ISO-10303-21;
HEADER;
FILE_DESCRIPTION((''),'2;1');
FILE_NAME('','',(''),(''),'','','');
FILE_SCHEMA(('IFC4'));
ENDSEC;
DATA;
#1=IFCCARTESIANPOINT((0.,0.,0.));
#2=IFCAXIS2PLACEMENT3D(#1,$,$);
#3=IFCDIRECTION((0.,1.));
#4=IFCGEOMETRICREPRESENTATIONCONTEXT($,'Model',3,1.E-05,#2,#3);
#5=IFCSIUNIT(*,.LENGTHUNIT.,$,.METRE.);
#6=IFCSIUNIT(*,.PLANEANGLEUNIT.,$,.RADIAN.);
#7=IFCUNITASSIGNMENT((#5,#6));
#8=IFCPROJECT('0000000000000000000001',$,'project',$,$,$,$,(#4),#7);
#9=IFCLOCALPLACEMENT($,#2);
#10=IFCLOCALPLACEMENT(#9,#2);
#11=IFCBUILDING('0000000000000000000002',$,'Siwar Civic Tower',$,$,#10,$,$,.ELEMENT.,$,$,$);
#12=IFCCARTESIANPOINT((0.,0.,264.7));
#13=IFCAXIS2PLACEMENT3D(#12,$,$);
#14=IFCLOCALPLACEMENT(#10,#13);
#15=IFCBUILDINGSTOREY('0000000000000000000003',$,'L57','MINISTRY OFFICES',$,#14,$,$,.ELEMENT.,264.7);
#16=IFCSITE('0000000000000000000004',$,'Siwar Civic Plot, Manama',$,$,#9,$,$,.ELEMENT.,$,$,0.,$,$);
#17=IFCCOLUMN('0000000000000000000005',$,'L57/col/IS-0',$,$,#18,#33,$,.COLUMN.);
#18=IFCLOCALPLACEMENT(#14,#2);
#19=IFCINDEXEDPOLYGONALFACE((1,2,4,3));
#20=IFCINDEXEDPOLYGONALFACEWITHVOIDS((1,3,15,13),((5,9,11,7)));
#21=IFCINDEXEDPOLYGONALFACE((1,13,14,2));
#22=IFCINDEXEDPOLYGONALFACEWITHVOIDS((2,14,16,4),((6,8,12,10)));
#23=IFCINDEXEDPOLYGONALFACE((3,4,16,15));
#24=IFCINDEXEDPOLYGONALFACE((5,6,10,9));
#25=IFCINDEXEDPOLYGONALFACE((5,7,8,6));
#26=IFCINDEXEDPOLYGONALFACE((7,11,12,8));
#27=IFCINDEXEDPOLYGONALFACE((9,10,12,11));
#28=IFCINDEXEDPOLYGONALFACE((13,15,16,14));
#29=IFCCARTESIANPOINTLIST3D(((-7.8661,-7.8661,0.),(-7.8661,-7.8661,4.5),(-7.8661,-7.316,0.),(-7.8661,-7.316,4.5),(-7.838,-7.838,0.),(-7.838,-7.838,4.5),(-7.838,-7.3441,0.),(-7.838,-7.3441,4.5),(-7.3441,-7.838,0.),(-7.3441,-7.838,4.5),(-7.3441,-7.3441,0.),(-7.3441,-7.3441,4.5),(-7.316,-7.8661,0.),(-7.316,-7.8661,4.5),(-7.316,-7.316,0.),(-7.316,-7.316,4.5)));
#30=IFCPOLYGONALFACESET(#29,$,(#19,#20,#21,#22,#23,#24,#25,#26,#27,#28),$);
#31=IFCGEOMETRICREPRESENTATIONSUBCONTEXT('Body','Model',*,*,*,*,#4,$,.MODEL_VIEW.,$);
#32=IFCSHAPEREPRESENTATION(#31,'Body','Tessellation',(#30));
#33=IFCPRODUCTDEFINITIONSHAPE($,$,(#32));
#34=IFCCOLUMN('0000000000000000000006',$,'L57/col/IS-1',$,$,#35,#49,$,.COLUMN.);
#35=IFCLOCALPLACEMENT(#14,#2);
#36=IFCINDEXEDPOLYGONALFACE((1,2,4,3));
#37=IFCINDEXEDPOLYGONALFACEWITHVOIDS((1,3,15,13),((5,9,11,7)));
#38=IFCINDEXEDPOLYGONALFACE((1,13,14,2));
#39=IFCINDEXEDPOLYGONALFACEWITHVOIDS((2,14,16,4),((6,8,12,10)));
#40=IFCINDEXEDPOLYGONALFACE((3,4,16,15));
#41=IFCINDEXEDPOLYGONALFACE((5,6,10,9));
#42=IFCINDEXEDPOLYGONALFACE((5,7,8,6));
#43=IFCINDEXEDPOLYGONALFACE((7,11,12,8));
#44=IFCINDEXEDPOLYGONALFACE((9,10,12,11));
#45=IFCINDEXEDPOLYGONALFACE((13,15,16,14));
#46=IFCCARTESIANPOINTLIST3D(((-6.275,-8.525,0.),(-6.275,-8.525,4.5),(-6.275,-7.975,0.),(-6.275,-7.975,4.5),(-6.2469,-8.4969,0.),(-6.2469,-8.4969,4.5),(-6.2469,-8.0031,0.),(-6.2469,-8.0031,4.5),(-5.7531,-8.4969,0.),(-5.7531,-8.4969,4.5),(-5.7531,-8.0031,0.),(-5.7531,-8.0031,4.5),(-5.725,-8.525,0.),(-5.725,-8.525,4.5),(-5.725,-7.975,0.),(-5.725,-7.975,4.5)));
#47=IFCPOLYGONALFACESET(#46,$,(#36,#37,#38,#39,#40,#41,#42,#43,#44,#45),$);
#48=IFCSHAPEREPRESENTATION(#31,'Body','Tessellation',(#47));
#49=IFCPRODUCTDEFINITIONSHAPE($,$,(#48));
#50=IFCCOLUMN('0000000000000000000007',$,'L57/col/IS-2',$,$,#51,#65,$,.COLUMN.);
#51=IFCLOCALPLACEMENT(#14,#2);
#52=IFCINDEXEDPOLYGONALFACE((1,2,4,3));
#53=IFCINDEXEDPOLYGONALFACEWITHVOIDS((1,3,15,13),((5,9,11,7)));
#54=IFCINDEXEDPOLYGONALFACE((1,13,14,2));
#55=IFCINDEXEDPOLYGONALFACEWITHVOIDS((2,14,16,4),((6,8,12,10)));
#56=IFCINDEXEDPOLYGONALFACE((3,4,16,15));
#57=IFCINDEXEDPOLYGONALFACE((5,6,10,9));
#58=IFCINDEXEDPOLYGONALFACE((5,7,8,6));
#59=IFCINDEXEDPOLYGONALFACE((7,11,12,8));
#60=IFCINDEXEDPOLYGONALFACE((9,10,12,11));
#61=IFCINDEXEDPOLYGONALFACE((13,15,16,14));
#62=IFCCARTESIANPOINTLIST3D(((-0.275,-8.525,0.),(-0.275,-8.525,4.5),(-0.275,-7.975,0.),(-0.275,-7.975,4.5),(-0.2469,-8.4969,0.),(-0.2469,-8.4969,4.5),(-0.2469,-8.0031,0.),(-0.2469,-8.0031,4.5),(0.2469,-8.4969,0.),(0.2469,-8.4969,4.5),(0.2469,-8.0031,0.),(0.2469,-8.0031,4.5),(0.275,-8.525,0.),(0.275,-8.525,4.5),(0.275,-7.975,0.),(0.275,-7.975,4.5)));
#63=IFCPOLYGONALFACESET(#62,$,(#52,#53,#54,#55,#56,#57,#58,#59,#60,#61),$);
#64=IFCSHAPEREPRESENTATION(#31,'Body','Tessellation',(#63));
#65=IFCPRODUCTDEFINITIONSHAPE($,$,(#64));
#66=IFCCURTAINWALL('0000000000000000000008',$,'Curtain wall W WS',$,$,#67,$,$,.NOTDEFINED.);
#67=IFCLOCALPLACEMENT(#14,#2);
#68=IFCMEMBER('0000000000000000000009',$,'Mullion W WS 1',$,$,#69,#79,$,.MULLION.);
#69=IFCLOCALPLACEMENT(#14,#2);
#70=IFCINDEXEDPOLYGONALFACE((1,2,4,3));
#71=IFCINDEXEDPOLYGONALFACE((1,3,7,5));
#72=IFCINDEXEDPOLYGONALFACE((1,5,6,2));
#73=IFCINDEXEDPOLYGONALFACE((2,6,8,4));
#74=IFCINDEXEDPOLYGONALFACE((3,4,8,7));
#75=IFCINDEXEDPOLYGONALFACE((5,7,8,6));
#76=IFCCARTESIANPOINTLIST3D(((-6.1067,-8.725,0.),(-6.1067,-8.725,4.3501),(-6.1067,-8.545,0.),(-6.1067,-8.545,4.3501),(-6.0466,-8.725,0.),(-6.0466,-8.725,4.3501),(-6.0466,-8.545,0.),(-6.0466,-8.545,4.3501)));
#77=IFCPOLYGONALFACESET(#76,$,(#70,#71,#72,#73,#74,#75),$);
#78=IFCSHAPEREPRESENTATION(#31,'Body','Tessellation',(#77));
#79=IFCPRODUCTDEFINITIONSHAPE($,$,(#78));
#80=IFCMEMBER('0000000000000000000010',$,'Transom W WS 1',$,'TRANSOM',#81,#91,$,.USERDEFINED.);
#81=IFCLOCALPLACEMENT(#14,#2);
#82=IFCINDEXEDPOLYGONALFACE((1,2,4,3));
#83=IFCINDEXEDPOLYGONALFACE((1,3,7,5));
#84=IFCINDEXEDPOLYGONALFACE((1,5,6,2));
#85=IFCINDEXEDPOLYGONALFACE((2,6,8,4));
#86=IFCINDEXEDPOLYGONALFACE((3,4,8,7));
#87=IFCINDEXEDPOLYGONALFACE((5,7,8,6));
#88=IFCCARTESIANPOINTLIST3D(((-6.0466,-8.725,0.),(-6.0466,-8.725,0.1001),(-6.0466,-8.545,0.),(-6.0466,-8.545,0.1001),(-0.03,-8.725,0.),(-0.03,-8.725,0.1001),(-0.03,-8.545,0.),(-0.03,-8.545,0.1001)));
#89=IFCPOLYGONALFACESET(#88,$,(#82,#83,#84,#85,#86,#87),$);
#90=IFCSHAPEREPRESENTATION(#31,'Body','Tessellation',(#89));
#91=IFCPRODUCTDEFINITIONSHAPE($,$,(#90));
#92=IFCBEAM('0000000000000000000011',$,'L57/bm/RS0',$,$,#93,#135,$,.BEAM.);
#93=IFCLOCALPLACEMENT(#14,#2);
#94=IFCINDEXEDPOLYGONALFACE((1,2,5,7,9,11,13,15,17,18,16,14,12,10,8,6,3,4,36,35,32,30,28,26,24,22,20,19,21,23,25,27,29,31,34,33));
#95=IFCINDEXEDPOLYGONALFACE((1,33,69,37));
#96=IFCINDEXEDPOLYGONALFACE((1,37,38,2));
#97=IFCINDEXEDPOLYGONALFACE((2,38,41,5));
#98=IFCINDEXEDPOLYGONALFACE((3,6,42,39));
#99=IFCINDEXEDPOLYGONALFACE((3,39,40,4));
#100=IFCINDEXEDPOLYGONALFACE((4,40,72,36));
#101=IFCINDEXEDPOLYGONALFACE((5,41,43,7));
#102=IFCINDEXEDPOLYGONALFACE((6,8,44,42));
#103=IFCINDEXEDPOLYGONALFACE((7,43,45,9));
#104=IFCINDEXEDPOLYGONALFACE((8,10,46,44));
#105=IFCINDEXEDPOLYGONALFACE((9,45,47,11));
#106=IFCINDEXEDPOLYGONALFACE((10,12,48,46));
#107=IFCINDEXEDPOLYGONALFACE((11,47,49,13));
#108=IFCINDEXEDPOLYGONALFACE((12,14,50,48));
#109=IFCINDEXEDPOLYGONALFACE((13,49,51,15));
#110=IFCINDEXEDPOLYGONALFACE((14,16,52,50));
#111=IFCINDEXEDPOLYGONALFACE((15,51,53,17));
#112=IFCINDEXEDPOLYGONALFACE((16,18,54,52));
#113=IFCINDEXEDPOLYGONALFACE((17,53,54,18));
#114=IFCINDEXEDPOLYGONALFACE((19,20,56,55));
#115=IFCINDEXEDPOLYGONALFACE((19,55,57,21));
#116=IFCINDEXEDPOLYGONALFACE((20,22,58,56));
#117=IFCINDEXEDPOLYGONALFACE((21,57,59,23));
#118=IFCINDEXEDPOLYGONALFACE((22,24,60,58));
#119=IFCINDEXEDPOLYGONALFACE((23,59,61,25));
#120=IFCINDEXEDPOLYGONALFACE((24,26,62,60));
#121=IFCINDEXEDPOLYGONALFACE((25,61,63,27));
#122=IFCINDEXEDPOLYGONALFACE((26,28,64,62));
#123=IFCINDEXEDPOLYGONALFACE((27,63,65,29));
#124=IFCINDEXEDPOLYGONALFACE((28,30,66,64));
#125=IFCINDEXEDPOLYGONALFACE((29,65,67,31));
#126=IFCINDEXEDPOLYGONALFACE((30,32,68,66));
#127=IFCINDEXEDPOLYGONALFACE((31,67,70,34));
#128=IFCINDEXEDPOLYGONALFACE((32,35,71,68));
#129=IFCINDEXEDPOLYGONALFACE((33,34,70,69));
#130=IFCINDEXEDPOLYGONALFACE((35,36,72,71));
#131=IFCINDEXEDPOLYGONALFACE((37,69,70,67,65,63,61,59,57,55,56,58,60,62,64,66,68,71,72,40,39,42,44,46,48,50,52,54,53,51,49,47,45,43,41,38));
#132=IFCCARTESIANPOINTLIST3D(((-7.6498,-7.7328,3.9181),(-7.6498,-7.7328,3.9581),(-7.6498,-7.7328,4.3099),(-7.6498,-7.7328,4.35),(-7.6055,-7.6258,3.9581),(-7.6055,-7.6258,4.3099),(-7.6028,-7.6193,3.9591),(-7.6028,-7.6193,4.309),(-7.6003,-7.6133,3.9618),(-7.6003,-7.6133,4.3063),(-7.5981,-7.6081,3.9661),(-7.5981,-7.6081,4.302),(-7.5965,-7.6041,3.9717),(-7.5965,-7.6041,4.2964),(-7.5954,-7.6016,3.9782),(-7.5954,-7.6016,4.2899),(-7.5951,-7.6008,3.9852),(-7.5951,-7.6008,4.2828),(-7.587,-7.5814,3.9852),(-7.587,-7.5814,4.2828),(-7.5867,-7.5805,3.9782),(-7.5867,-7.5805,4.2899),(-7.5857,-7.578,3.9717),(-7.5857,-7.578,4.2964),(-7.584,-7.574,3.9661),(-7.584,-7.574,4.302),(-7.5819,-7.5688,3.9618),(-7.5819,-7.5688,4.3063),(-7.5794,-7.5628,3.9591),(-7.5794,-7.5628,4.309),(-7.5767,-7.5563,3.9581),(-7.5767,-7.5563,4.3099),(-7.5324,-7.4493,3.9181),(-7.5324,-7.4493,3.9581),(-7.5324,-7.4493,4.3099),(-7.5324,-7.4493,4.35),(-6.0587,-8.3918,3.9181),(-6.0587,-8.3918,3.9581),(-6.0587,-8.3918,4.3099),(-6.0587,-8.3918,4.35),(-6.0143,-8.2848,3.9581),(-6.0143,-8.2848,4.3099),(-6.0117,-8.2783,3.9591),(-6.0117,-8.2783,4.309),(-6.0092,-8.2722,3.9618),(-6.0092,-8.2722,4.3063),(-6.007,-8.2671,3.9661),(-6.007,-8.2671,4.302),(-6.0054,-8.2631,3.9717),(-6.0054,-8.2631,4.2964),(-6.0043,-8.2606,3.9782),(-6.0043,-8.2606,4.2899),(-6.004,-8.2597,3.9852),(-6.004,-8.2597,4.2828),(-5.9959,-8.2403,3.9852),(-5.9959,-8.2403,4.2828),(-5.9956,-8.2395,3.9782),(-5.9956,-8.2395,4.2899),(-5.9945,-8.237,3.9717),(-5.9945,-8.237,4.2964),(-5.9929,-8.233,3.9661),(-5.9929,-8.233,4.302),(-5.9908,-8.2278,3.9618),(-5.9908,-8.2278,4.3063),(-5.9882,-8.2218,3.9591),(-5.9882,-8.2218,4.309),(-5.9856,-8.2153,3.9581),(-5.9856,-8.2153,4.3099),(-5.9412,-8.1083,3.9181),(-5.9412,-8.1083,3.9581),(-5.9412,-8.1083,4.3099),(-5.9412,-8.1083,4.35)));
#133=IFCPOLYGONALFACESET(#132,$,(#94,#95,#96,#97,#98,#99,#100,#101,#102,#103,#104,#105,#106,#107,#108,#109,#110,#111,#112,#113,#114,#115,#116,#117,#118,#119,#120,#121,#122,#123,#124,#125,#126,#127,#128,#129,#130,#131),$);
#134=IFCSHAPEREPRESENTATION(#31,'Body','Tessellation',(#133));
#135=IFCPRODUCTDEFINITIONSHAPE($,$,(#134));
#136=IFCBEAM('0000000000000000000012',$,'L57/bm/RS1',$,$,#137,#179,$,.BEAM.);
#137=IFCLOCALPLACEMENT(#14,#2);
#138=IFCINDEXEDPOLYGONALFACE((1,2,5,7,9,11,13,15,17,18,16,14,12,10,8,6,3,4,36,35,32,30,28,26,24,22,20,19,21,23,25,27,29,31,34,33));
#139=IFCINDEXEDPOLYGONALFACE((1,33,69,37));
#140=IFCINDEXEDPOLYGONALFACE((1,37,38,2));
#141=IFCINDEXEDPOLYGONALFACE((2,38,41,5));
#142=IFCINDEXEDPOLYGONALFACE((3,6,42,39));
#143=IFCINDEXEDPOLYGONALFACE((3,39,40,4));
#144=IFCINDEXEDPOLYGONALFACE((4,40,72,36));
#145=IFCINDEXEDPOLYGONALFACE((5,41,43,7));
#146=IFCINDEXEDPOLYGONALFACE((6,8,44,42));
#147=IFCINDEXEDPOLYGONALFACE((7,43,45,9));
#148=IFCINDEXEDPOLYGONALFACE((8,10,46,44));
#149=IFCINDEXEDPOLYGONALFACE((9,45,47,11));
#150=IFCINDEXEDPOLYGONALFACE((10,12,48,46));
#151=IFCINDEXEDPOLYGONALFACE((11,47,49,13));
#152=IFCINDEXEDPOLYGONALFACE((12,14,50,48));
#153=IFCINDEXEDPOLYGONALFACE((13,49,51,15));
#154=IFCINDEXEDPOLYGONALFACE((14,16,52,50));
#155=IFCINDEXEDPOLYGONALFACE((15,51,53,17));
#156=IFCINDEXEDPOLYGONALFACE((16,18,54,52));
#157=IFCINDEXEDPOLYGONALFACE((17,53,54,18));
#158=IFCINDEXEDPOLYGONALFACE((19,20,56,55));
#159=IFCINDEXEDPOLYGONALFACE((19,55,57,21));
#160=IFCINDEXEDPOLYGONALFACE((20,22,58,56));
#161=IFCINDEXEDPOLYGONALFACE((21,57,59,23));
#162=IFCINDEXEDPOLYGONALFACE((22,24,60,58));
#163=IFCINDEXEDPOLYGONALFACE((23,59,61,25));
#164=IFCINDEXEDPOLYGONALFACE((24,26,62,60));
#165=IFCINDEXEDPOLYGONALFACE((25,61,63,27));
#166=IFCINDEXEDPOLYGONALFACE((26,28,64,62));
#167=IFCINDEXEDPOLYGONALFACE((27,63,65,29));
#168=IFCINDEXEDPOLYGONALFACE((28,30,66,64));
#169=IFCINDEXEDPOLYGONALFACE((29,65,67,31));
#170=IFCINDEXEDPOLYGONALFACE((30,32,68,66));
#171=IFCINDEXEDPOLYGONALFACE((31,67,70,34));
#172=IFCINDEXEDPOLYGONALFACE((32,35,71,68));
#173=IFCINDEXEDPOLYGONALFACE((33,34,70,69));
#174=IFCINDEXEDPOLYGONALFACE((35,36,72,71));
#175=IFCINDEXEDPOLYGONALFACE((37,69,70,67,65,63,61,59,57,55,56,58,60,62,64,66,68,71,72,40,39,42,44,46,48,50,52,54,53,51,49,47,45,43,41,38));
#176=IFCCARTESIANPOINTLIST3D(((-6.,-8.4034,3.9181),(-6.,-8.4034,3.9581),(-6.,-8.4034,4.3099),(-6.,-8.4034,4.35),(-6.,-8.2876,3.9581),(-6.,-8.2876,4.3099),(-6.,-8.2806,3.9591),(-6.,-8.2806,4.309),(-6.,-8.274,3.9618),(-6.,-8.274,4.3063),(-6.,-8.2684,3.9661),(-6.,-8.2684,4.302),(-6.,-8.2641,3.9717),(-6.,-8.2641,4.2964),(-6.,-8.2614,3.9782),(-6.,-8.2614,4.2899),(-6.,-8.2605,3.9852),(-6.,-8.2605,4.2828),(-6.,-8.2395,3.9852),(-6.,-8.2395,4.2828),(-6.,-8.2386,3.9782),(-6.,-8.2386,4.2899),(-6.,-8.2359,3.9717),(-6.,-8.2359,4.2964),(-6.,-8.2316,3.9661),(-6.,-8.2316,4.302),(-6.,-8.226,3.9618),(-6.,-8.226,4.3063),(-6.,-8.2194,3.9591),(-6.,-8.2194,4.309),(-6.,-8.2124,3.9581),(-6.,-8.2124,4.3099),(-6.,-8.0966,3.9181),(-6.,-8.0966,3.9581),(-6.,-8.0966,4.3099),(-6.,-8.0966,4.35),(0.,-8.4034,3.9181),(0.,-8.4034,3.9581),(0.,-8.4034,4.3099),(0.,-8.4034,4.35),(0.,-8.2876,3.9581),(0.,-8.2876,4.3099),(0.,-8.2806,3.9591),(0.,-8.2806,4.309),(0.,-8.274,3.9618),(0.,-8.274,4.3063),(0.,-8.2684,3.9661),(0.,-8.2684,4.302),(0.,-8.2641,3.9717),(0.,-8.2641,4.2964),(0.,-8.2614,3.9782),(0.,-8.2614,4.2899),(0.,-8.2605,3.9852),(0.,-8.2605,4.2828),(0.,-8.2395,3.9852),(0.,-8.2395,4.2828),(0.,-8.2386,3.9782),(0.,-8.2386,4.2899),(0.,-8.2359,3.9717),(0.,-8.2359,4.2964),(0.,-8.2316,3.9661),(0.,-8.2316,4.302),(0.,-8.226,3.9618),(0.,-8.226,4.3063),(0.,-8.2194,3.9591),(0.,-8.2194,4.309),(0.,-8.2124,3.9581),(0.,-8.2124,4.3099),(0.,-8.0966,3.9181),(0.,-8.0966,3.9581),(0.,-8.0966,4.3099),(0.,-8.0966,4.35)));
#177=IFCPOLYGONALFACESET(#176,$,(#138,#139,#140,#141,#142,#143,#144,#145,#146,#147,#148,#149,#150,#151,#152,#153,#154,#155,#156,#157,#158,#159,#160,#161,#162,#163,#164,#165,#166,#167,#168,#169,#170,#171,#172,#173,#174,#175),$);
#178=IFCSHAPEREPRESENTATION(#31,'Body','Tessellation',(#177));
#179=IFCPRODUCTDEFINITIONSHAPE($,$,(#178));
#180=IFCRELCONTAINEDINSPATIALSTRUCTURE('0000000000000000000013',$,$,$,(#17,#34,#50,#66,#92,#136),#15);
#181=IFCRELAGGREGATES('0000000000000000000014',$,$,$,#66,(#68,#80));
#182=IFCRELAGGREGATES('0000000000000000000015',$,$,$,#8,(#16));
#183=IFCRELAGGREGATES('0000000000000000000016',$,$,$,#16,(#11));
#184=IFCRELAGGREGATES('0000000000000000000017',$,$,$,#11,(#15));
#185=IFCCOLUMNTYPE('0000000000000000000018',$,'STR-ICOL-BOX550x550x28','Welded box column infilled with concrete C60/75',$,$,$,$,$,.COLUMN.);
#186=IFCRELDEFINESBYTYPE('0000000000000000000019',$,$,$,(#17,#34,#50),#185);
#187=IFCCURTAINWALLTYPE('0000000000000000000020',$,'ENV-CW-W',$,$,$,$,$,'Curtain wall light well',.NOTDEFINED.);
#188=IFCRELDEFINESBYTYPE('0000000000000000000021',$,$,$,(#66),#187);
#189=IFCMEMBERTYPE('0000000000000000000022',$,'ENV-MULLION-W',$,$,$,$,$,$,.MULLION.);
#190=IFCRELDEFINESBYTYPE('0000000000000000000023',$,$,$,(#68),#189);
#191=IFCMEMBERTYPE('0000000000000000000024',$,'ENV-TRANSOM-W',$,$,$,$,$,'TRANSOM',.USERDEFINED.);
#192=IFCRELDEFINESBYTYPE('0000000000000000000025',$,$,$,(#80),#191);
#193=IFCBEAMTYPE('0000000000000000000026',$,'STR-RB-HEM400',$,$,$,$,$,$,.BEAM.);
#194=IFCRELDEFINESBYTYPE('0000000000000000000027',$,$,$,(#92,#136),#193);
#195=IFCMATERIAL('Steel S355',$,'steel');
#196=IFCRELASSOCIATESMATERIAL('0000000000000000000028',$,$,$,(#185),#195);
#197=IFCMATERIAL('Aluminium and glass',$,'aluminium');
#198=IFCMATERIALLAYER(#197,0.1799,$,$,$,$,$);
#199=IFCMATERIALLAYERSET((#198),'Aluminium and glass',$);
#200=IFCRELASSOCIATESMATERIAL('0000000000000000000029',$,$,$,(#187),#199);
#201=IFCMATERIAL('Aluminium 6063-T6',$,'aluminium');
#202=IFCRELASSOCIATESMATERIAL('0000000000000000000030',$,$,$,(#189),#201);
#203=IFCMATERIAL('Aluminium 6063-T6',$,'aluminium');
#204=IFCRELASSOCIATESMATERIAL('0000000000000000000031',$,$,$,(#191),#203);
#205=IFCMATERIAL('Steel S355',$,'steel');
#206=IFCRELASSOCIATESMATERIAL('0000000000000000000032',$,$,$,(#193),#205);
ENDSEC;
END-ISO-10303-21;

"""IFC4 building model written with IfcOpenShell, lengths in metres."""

from ifc_helpers import new_model, si_unit, direction, frame, origin, origin_2d, place, context, subcontext, project, spatial, rectangle, hollow_rectangle, i_section, extrude, material, layer, layer_set, material_profile, profile_set, type_object, element, aggregate, save


model = new_model("IFC4")

# Units and contexts
model_context = context("Model", 3, precision=1e-05, world=origin(), true_north=direction((0.0, 1.0)))
body_context = subcontext(model_context, "Body", "Model", "MODEL_VIEW")
ifc_project = project(units=[si_unit("LENGTHUNIT", "METRE"), si_unit("PLANEANGLEUNIT", "RADIAN")], contexts=[model_context])

# Site, building, storey
site_placement = place(None, origin())
site = spatial("IfcSite", under=ifc_project, at=site_placement, Name="Siwar Civic Plot, Manama", CompositionType="ELEMENT", RefElevation=0.0)
building_placement = place(site_placement, origin())
building = spatial("IfcBuilding", under=site, at=building_placement, Name="Siwar Civic Tower", CompositionType="ELEMENT")
storey_placement = place(building_placement, frame((0.0, 0.0, 264.7)))
storey = spatial("IfcBuildingStorey", under=building, at=storey_placement, Name="L57", Description="MINISTRY OFFICES", CompositionType="ELEMENT", Elevation=264.7)

# Columns
ifc_material_1 = material(Name="Steel S355", Category="steel")
ifc_material_profile_1 = material_profile(ifc_material_1, hollow_rectangle(XDim=0.55, YDim=0.55, WallThickness=0.0281, at=origin_2d()), Name="BOX550x550x28")
ifc_profile_set_1 = profile_set([ifc_material_profile_1], Name="Steel S355")
column_type = type_object("IfcColumnType", Name="STR-ICOL-BOX550x550x28", Description="Welded box column infilled with concrete C60/75", PredefinedType="COLUMN", material=ifc_profile_set_1)
for number, where, z_axis, x_axis, name in (
    (1, (-7.5911, -7.5911, 0.0), (0.0, 0.0, 1.0), (1.0, 0.0, 0.0), "L57/col/IS-0"),
    (2, (-6.0, -8.25, 0.0), (0.0, 0.0, 1.0), (1.0, 0.0, 0.0), "L57/col/IS-1"),
    (3, (0.0, -8.25, 0.0), (0.0, 0.0, 1.0), (1.0, 0.0, 0.0), "L57/col/IS-2"),
):
    element("IfcColumn", number, at=place(storey_placement, frame(where, z_axis=z_axis, x_axis=x_axis)), inside=storey, type_object=column_type, Name=name, PredefinedType="COLUMN", context=body_context, shape_type="SweptSolid", body=[
        extrude(hollow_rectangle(XDim=0.55, YDim=0.55, WallThickness=0.0281, at=origin_2d()), origin(), (0.0, 0.0, 1.0), 4.5),
    ])

# Curtain wall, members
ifc_material_2 = material(Name="Aluminium and glass", Category="aluminium")
ifc_layer_1 = layer(ifc_material_2, 0.1799)
ifc_layer_set_1 = layer_set([ifc_layer_1], Name="Aluminium and glass")
curtain_wall_type = type_object("IfcCurtainWallType", Name="ENV-CW-W", ElementType="Curtain wall light well", PredefinedType="NOTDEFINED", material=ifc_layer_set_1)
curtain_wall_placement = place(storey_placement, origin())
curtain_wall = element("IfcCurtainWall", 4, at=curtain_wall_placement, inside=storey, type_object=curtain_wall_type, Name="Curtain wall W WS", PredefinedType="NOTDEFINED")
ifc_material_3 = material(Name="Aluminium 6063-T6", Category="aluminium")
ifc_material_profile_2 = material_profile(ifc_material_3, rectangle(XDim=0.1799, YDim=0.0601, at=origin_2d()), Name="AL 180x60")
ifc_profile_set_2 = profile_set([ifc_material_profile_2], Name="Aluminium 6063-T6")
member_type_1 = type_object("IfcMemberType", Name="ENV-MULLION-W", PredefinedType="MULLION", material=ifc_profile_set_2)
member_1_placement = place(storey_placement, frame((-6.0767, -8.635, 0.0), z_axis=(0.0, 0.0, 1.0), x_axis=(0.0, 1.0, 0.0)))
member_1 = element("IfcMember", 5, at=member_1_placement, type_object=member_type_1, Name="Mullion W WS 1", PredefinedType="MULLION", context=body_context, shape_type="SweptSolid", body=[
    extrude(rectangle(XDim=0.1799, YDim=0.0601, at=origin_2d()), origin(), (0.0, 0.0, 1.0), 4.3501),
])
ifc_material_4 = material(Name="Aluminium 6063-T6", Category="aluminium")
ifc_material_profile_3 = material_profile(ifc_material_4, rectangle(XDim=0.1799, YDim=0.1001, at=origin_2d()), Name="AL 180x100")
ifc_profile_set_3 = profile_set([ifc_material_profile_3], Name="Aluminium 6063-T6")
member_type_2 = type_object("IfcMemberType", Name="ENV-TRANSOM-W", ElementType="TRANSOM", PredefinedType="USERDEFINED", material=ifc_profile_set_3)
member_2_placement = place(storey_placement, frame((-6.0466, -8.635, 0.05), z_axis=(1.0, 0.0, 0.0), x_axis=(0.0, 1.0, 0.0)))
member_2 = element("IfcMember", 6, at=member_2_placement, type_object=member_type_2, Name="Transom W WS 1", ObjectType="TRANSOM", PredefinedType="USERDEFINED", context=body_context, shape_type="SweptSolid", body=[
    extrude(rectangle(XDim=0.1799, YDim=0.1001, at=origin_2d()), origin(), (0.0, 0.0, 1.0), 6.0166),
])

# Beams
ifc_material_5 = material(Name="Steel S355", Category="steel")
ifc_material_profile_4 = material_profile(ifc_material_5, i_section(OverallWidth=0.3069, OverallDepth=0.4319, WebThickness=0.021, FlangeThickness=0.04, FilletRadius=0.0271, at=origin_2d()), Name="HEM400")
ifc_profile_set_4 = profile_set([ifc_material_profile_4], Name="Steel S355")
beam_type = type_object("IfcBeamType", Name="STR-RB-HEM400", PredefinedType="BEAM", material=ifc_profile_set_4)
beam_1_placement = place(storey_placement, frame((-7.5911, -7.5911, 4.134), z_axis=(0.923901, -0.382631, 0.0), x_axis=(0.382631, 0.923901, 0.0)))
element("IfcBeam", 7, at=beam_1_placement, inside=storey, type_object=beam_type, Name="L57/bm/RS0", PredefinedType="BEAM", context=body_context, shape_type="SweptSolid", body=[
    extrude(i_section(OverallWidth=0.3069, OverallDepth=0.4319, WebThickness=0.021, FlangeThickness=0.04, FilletRadius=0.0271, at=origin_2d()), origin(), (0.0, 0.0, 1.0), 1.7222),
])
for number, where, z_axis, x_axis, name in (
    (8, (-6.0, -8.25, 4.134), (1.0, 0.0, 0.0), (0.0, 1.0, 0.0), "L57/bm/RS1"),
):
    element("IfcBeam", number, at=place(storey_placement, frame(where, z_axis=z_axis, x_axis=x_axis)), inside=storey, type_object=beam_type, Name=name, PredefinedType="BEAM", context=body_context, shape_type="SweptSolid", body=[
        extrude(i_section(OverallWidth=0.3069, OverallDepth=0.4319, WebThickness=0.021, FlangeThickness=0.04, FilletRadius=0.0271, at=origin_2d()), origin(), (0.0, 0.0, 1.0), 6.0),
    ])

aggregate(curtain_wall, [member_1, member_2])

save(model, "model.ifc")
